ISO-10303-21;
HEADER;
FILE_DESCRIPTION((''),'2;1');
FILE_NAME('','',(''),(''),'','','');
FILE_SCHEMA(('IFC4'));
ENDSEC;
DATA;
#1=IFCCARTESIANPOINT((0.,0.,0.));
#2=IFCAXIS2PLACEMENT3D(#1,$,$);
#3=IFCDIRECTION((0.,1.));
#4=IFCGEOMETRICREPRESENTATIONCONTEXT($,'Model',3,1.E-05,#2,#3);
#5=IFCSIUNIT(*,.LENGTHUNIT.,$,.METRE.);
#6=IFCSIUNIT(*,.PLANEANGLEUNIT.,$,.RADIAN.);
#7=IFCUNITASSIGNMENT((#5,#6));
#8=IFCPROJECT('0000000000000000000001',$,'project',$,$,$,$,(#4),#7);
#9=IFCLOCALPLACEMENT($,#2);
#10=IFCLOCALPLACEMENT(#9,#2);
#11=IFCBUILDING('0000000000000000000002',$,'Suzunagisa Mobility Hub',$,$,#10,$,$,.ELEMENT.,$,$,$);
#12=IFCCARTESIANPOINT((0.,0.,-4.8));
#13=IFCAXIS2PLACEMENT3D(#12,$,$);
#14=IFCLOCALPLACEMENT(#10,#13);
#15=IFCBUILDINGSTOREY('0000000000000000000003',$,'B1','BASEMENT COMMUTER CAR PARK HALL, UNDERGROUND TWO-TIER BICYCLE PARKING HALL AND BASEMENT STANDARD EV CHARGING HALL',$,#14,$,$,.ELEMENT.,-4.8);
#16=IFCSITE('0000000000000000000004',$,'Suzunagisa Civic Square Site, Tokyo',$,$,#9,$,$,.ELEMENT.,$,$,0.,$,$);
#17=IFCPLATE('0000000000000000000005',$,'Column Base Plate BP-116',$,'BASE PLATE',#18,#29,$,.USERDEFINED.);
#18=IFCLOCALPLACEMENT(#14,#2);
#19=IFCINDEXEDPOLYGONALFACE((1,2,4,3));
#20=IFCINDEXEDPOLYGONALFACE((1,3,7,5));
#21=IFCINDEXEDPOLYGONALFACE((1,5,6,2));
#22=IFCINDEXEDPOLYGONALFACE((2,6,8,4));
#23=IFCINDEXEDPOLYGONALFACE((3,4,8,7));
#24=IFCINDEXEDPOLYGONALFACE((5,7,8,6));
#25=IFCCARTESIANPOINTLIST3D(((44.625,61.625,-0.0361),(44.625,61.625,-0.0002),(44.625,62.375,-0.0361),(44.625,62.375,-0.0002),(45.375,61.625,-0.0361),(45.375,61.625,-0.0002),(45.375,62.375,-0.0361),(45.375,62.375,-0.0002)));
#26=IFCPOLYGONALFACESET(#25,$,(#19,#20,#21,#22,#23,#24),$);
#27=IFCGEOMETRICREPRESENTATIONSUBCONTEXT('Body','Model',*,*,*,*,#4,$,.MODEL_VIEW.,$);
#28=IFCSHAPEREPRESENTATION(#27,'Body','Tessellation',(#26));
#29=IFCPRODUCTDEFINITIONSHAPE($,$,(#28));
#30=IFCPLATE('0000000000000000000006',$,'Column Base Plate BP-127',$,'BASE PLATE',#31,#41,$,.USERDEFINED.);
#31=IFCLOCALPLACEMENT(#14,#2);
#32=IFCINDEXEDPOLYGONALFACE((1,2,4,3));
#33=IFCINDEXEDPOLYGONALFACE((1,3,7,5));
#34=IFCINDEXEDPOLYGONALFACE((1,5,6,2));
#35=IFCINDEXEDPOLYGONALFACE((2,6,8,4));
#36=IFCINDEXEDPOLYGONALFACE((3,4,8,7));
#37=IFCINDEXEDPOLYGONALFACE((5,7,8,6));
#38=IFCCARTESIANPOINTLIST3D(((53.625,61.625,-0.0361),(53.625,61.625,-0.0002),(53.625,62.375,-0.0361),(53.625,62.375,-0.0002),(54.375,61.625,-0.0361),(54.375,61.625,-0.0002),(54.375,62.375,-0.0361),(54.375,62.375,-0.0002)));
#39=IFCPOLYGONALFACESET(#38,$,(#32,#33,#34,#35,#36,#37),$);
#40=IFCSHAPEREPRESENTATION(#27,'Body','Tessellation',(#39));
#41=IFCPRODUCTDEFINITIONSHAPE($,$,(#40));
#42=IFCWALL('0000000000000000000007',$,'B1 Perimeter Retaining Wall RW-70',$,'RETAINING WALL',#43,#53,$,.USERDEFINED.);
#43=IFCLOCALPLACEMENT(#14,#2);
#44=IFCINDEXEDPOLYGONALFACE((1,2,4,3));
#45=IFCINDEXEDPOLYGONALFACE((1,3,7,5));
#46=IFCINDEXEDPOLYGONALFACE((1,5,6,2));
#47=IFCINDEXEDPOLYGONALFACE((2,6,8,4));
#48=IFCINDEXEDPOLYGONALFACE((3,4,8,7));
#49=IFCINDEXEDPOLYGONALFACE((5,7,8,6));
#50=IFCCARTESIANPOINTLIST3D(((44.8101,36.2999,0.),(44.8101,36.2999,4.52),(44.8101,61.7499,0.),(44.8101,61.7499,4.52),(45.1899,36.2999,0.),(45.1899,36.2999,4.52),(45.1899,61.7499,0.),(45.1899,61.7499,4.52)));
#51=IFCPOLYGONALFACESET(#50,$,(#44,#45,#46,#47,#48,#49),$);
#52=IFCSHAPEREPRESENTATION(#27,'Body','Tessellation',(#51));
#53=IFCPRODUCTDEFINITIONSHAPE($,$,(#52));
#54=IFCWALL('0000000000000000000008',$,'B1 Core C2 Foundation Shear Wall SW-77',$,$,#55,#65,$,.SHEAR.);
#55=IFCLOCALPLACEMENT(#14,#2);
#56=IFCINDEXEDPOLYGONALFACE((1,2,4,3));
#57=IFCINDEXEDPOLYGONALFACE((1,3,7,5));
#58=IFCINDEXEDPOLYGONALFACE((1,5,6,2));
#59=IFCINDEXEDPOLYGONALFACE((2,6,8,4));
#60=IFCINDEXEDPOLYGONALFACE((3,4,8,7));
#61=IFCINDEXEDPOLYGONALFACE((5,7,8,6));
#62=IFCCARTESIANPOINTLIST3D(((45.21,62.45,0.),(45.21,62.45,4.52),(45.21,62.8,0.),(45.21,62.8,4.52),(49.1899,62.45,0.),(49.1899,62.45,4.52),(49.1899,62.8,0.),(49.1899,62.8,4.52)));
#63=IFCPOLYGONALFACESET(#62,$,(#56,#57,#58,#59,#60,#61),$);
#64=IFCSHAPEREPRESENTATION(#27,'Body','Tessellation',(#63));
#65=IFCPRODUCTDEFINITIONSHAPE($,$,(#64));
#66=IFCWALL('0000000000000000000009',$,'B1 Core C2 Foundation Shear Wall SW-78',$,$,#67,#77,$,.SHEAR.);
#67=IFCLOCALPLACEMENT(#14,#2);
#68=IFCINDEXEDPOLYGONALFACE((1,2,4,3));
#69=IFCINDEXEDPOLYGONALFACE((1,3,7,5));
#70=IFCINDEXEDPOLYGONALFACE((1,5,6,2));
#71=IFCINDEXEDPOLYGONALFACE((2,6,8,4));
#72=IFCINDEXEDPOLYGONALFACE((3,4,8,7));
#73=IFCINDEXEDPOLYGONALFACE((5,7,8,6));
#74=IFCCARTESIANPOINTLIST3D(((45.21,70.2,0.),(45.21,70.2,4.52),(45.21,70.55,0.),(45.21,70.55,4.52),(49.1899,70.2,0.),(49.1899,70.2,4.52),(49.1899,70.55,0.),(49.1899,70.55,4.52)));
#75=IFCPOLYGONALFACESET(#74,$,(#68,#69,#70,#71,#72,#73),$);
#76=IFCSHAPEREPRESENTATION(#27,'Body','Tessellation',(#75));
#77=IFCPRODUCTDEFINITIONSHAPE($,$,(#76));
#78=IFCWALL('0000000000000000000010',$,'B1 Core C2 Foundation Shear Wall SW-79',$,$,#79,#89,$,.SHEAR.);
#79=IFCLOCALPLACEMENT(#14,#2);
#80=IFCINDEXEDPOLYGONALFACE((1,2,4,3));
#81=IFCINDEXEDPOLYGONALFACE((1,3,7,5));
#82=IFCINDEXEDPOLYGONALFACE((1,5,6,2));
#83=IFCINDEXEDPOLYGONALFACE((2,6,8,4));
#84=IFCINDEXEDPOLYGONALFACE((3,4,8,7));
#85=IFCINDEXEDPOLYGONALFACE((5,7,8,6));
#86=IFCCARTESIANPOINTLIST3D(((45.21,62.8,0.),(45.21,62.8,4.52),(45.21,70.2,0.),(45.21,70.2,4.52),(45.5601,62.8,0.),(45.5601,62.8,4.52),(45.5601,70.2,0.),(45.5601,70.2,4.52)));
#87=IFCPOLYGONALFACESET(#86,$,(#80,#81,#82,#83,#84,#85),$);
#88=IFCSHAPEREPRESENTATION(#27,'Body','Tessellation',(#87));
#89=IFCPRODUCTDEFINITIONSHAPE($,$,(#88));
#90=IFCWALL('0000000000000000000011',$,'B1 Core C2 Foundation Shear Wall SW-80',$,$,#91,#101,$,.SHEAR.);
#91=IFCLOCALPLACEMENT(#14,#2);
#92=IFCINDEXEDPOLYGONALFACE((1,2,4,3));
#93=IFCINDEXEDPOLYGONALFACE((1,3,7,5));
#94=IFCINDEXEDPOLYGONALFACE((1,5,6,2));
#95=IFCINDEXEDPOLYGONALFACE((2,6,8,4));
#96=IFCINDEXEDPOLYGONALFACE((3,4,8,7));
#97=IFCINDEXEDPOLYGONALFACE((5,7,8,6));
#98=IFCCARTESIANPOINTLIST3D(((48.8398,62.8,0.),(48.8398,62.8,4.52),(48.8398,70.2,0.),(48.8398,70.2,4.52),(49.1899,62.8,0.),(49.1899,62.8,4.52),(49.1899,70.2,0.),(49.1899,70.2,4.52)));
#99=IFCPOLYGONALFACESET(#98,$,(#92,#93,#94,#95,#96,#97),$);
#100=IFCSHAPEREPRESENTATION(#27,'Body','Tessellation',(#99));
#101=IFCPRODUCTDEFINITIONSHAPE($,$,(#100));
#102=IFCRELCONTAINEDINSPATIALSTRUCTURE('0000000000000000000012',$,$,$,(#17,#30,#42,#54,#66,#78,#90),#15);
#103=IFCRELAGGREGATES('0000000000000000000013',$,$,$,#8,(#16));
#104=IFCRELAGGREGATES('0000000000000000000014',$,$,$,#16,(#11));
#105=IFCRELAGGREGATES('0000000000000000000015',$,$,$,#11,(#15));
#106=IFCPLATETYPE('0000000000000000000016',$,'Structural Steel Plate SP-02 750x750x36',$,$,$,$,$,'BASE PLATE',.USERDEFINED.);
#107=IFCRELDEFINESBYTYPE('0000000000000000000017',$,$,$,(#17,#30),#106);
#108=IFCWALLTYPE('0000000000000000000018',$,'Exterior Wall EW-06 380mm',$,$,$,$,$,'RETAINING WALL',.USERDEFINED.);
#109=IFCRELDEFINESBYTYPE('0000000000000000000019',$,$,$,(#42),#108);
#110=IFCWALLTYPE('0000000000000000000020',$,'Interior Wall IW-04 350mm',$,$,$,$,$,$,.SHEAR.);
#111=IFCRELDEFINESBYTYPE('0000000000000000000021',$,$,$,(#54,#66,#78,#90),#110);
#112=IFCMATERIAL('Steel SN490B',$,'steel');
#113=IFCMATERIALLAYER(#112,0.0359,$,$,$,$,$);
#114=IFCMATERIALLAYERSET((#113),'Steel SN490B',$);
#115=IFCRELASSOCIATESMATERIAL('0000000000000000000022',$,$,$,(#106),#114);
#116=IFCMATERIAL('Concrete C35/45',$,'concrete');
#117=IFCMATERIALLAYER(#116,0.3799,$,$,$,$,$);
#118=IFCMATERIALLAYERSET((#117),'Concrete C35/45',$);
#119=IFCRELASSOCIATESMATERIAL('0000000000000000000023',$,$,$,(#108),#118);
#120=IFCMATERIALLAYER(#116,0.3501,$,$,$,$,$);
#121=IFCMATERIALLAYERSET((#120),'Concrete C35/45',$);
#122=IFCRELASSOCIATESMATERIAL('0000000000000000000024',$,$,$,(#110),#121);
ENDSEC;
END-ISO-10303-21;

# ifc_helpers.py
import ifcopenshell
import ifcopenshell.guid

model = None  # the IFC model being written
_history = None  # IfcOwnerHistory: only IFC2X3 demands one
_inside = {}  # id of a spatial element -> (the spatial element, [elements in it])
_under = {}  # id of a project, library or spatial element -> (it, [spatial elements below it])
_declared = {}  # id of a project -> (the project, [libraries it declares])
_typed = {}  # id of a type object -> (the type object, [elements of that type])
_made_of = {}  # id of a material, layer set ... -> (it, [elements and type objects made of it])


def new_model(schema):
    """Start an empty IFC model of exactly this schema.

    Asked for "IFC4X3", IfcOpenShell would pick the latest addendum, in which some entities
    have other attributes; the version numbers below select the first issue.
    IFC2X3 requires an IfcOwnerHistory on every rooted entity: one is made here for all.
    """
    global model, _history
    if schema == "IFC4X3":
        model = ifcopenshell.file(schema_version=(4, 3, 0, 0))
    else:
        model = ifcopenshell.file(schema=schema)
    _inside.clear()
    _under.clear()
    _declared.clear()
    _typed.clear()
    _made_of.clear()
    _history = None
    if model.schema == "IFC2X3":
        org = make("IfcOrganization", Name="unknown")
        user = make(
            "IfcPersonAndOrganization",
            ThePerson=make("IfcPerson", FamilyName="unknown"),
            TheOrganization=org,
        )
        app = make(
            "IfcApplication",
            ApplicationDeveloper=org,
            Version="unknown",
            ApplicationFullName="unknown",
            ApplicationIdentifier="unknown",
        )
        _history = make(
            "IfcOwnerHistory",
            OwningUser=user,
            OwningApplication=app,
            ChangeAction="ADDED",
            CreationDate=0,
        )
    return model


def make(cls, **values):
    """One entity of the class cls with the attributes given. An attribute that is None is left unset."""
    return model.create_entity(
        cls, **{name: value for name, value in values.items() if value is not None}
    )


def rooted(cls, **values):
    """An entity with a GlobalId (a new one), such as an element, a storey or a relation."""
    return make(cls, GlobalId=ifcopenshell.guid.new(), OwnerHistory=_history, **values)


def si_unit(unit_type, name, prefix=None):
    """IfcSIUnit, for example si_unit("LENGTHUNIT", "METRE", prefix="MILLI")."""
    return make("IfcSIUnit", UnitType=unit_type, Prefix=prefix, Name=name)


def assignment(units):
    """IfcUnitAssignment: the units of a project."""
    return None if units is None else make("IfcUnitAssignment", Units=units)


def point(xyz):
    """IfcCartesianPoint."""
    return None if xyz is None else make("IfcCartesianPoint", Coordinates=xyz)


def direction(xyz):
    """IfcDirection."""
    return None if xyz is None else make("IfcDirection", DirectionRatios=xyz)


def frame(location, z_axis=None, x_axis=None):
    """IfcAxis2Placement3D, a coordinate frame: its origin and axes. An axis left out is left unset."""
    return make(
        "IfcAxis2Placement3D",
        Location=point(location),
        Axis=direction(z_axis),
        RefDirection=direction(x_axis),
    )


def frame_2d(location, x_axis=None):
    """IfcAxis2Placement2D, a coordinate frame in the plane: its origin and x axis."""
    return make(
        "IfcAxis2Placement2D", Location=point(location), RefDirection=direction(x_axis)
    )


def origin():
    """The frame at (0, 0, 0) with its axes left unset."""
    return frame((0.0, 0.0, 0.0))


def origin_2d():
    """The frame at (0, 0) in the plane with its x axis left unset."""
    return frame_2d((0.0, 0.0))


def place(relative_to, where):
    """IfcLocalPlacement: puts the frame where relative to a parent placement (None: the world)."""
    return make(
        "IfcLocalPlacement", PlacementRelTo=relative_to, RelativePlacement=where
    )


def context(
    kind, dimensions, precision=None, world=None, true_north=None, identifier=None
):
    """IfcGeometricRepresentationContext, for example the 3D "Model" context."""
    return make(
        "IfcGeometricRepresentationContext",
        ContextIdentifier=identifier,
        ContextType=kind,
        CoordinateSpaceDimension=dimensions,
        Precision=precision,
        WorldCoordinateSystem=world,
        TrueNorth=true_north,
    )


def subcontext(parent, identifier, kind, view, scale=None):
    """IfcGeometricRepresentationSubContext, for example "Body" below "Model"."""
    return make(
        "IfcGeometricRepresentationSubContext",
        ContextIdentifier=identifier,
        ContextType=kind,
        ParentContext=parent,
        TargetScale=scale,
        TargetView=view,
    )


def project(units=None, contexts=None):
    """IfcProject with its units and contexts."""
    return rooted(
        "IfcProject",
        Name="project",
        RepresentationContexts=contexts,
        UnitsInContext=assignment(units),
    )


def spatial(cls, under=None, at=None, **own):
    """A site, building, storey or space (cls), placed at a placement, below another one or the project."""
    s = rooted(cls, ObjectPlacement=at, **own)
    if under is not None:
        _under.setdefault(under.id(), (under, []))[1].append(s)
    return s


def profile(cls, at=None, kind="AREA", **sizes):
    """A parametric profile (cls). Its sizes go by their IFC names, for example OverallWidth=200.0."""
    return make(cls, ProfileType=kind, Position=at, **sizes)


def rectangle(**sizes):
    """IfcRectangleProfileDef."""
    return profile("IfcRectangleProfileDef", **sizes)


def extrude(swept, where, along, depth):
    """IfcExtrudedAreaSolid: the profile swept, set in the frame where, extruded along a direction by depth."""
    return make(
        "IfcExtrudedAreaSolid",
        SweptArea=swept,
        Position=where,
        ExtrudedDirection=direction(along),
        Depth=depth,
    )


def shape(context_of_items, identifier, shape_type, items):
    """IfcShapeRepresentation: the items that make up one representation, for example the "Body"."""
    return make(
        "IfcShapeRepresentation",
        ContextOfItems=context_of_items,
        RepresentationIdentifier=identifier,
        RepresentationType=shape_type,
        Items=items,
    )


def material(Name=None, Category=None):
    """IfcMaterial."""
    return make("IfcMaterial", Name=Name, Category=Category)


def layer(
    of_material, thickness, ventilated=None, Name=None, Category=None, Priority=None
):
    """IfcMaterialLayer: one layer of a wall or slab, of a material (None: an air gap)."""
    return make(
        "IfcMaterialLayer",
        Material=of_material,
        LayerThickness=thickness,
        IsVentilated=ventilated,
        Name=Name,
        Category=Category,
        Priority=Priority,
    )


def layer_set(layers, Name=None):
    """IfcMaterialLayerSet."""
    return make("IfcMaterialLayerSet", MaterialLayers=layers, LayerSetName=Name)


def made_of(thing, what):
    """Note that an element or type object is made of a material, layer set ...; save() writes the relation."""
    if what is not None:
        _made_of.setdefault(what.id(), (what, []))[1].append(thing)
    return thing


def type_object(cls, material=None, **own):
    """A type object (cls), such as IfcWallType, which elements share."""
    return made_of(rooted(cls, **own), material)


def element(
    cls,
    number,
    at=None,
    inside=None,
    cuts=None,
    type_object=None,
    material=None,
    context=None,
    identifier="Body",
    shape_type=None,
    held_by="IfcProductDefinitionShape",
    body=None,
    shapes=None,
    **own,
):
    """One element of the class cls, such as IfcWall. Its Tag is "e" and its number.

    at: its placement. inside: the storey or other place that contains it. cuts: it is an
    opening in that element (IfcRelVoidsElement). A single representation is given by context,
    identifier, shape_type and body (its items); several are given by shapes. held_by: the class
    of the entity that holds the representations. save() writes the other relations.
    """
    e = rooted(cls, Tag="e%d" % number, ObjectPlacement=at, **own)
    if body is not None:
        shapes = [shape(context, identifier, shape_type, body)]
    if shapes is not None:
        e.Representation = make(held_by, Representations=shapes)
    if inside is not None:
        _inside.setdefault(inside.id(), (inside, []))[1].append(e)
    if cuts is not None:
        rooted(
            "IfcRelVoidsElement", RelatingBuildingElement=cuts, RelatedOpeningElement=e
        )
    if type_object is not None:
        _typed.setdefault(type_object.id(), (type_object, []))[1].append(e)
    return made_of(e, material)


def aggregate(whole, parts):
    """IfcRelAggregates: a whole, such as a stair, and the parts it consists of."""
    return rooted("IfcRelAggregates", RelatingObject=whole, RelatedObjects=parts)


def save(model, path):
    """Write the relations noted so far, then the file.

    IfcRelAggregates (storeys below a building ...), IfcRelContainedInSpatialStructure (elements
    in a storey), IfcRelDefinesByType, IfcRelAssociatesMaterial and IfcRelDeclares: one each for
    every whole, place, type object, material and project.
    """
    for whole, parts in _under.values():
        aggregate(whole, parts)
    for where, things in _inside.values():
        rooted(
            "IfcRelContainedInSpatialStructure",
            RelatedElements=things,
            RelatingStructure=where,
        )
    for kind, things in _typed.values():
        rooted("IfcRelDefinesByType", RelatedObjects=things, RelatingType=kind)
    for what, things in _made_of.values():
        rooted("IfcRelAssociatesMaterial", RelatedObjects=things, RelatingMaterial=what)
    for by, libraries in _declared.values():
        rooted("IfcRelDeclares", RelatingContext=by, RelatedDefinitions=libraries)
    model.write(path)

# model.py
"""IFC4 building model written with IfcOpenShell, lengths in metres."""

from ifc_helpers import new_model, si_unit, direction, frame, frame_2d, origin, origin_2d, place, context, subcontext, project, spatial, rectangle, extrude, material, layer, layer_set, type_object, element, save


model = new_model("IFC4")

# Units and contexts
model_context = context("Model", 3, precision=1e-05, world=origin(), true_north=direction((0.0, 1.0)))
body_context = subcontext(model_context, "Body", "Model", "MODEL_VIEW")
ifc_project = project(units=[si_unit("LENGTHUNIT", "METRE"), si_unit("PLANEANGLEUNIT", "RADIAN")], contexts=[model_context])

# Site, building, storey
site_placement = place(None, origin())
site = spatial("IfcSite", under=ifc_project, at=site_placement, Name="Suzunagisa Civic Square Site, Tokyo", CompositionType="ELEMENT", RefElevation=0.0)
building_placement = place(site_placement, origin())
building = spatial("IfcBuilding", under=site, at=building_placement, Name="Suzunagisa Mobility Hub", CompositionType="ELEMENT")
storey_placement = place(building_placement, frame((0.0, 0.0, -4.8)))
storey = spatial("IfcBuildingStorey", under=building, at=storey_placement, Name="B1", Description="BASEMENT COMMUTER CAR PARK HALL, UNDERGROUND TWO-TIER BICYCLE PARKING HALL AND BASEMENT STANDARD EV CHARGING HALL", CompositionType="ELEMENT", Elevation=-4.8)

# Shared definitions
ifc_material_1 = material(Name="Concrete C35/45", Category="concrete")

# Shared definitions
ifc_material_2 = material(Name="Steel SN490B", Category="steel")

# Plates
ifc_layer_1 = layer(ifc_material_2, 0.0359)
ifc_layer_set_1 = layer_set([ifc_layer_1], Name="Steel SN490B")
plate_type = type_object("IfcPlateType", Name="Structural Steel Plate SP-02 750x750x36", ElementType="BASE PLATE", PredefinedType="USERDEFINED", material=ifc_layer_set_1)
for number, where, z_axis, x_axis, name in (
    (1, (45.0, 62.0, -0.0361), (0.0, 0.0, 1.0), (1.0, 0.0, 0.0), "Column Base Plate BP-116"),
    (2, (54.0, 62.0, -0.0361), (0.0, 0.0, 1.0), (1.0, 0.0, 0.0), "Column Base Plate BP-127"),
):
    element("IfcPlate", number, at=place(storey_placement, frame(where, z_axis=z_axis, x_axis=x_axis)), inside=storey, type_object=plate_type, Name=name, ObjectType="BASE PLATE", PredefinedType="USERDEFINED", context=body_context, shape_type="SweptSolid", body=[
        extrude(rectangle(XDim=0.75, YDim=0.75, at=origin_2d()), origin(), (0.0, 0.0, 1.0), 0.0359),
    ])

# Walls
ifc_layer_2 = layer(ifc_material_1, 0.3799)
ifc_layer_set_2 = layer_set([ifc_layer_2], Name="Concrete C35/45")
wall_type_1 = type_object("IfcWallType", Name="Exterior Wall EW-06 380mm", ElementType="RETAINING WALL", PredefinedType="USERDEFINED", material=ifc_layer_set_2)
wall_placement = place(storey_placement, frame((45.0, 61.75, 0.0), z_axis=(0.0, 0.0, 1.0), x_axis=(0.0, -1.0, 0.0)))
element("IfcWall", 3, at=wall_placement, inside=storey, type_object=wall_type_1, Name="B1 Perimeter Retaining Wall RW-70", ObjectType="RETAINING WALL", PredefinedType="USERDEFINED", context=body_context, shape_type="SweptSolid", body=[
    extrude(rectangle(XDim=25.45, YDim=0.3799, at=frame_2d((12.7251, 0.0))), origin(), (0.0, 0.0, 1.0), 4.52),
])
ifc_layer_3 = layer(ifc_material_1, 0.3501)
ifc_layer_set_3 = layer_set([ifc_layer_3], Name="Concrete C35/45")
wall_type_2 = type_object("IfcWallType", Name="Interior Wall IW-04 350mm", PredefinedType="SHEAR", material=ifc_layer_set_3)
for number, where, z_axis, x_axis, name in (
    (4, (45.21, 62.625, 0.0), (0.0, 0.0, 1.0), (1.0, 0.0, 0.0), "B1 Core C2 Foundation Shear Wall SW-77"),
    (5, (45.21, 70.375, 0.0), (0.0, 0.0, 1.0), (1.0, 0.0, 0.0), "B1 Core C2 Foundation Shear Wall SW-78"),
):
    element("IfcWall", number, at=place(storey_placement, frame(where, z_axis=z_axis, x_axis=x_axis)), inside=storey, type_object=wall_type_2, Name=name, PredefinedType="SHEAR", context=body_context, shape_type="SweptSolid", body=[
        extrude(rectangle(XDim=3.98, YDim=0.3501, at=frame_2d((1.99, 0.0))), origin(), (0.0, 0.0, 1.0), 4.52),
    ])
for number, where, z_axis, x_axis, name in (
    (6, (45.385, 62.8, 0.0), (0.0, 0.0, 1.0), (0.0, 1.0, 0.0), "B1 Core C2 Foundation Shear Wall SW-79"),
    (7, (49.0149, 62.8, 0.0), (0.0, 0.0, 1.0), (0.0, 1.0, 0.0), "B1 Core C2 Foundation Shear Wall SW-80"),
):
    element("IfcWall", number, at=place(storey_placement, frame(where, z_axis=z_axis, x_axis=x_axis)), inside=storey, type_object=wall_type_2, Name=name, PredefinedType="SHEAR", context=body_context, shape_type="SweptSolid", body=[
        extrude(rectangle(XDim=7.3999, YDim=0.3501, at=frame_2d((3.7, 0.0))), origin(), (0.0, 0.0, 1.0), 4.52),
    ])

save(model, "model.ifc")
